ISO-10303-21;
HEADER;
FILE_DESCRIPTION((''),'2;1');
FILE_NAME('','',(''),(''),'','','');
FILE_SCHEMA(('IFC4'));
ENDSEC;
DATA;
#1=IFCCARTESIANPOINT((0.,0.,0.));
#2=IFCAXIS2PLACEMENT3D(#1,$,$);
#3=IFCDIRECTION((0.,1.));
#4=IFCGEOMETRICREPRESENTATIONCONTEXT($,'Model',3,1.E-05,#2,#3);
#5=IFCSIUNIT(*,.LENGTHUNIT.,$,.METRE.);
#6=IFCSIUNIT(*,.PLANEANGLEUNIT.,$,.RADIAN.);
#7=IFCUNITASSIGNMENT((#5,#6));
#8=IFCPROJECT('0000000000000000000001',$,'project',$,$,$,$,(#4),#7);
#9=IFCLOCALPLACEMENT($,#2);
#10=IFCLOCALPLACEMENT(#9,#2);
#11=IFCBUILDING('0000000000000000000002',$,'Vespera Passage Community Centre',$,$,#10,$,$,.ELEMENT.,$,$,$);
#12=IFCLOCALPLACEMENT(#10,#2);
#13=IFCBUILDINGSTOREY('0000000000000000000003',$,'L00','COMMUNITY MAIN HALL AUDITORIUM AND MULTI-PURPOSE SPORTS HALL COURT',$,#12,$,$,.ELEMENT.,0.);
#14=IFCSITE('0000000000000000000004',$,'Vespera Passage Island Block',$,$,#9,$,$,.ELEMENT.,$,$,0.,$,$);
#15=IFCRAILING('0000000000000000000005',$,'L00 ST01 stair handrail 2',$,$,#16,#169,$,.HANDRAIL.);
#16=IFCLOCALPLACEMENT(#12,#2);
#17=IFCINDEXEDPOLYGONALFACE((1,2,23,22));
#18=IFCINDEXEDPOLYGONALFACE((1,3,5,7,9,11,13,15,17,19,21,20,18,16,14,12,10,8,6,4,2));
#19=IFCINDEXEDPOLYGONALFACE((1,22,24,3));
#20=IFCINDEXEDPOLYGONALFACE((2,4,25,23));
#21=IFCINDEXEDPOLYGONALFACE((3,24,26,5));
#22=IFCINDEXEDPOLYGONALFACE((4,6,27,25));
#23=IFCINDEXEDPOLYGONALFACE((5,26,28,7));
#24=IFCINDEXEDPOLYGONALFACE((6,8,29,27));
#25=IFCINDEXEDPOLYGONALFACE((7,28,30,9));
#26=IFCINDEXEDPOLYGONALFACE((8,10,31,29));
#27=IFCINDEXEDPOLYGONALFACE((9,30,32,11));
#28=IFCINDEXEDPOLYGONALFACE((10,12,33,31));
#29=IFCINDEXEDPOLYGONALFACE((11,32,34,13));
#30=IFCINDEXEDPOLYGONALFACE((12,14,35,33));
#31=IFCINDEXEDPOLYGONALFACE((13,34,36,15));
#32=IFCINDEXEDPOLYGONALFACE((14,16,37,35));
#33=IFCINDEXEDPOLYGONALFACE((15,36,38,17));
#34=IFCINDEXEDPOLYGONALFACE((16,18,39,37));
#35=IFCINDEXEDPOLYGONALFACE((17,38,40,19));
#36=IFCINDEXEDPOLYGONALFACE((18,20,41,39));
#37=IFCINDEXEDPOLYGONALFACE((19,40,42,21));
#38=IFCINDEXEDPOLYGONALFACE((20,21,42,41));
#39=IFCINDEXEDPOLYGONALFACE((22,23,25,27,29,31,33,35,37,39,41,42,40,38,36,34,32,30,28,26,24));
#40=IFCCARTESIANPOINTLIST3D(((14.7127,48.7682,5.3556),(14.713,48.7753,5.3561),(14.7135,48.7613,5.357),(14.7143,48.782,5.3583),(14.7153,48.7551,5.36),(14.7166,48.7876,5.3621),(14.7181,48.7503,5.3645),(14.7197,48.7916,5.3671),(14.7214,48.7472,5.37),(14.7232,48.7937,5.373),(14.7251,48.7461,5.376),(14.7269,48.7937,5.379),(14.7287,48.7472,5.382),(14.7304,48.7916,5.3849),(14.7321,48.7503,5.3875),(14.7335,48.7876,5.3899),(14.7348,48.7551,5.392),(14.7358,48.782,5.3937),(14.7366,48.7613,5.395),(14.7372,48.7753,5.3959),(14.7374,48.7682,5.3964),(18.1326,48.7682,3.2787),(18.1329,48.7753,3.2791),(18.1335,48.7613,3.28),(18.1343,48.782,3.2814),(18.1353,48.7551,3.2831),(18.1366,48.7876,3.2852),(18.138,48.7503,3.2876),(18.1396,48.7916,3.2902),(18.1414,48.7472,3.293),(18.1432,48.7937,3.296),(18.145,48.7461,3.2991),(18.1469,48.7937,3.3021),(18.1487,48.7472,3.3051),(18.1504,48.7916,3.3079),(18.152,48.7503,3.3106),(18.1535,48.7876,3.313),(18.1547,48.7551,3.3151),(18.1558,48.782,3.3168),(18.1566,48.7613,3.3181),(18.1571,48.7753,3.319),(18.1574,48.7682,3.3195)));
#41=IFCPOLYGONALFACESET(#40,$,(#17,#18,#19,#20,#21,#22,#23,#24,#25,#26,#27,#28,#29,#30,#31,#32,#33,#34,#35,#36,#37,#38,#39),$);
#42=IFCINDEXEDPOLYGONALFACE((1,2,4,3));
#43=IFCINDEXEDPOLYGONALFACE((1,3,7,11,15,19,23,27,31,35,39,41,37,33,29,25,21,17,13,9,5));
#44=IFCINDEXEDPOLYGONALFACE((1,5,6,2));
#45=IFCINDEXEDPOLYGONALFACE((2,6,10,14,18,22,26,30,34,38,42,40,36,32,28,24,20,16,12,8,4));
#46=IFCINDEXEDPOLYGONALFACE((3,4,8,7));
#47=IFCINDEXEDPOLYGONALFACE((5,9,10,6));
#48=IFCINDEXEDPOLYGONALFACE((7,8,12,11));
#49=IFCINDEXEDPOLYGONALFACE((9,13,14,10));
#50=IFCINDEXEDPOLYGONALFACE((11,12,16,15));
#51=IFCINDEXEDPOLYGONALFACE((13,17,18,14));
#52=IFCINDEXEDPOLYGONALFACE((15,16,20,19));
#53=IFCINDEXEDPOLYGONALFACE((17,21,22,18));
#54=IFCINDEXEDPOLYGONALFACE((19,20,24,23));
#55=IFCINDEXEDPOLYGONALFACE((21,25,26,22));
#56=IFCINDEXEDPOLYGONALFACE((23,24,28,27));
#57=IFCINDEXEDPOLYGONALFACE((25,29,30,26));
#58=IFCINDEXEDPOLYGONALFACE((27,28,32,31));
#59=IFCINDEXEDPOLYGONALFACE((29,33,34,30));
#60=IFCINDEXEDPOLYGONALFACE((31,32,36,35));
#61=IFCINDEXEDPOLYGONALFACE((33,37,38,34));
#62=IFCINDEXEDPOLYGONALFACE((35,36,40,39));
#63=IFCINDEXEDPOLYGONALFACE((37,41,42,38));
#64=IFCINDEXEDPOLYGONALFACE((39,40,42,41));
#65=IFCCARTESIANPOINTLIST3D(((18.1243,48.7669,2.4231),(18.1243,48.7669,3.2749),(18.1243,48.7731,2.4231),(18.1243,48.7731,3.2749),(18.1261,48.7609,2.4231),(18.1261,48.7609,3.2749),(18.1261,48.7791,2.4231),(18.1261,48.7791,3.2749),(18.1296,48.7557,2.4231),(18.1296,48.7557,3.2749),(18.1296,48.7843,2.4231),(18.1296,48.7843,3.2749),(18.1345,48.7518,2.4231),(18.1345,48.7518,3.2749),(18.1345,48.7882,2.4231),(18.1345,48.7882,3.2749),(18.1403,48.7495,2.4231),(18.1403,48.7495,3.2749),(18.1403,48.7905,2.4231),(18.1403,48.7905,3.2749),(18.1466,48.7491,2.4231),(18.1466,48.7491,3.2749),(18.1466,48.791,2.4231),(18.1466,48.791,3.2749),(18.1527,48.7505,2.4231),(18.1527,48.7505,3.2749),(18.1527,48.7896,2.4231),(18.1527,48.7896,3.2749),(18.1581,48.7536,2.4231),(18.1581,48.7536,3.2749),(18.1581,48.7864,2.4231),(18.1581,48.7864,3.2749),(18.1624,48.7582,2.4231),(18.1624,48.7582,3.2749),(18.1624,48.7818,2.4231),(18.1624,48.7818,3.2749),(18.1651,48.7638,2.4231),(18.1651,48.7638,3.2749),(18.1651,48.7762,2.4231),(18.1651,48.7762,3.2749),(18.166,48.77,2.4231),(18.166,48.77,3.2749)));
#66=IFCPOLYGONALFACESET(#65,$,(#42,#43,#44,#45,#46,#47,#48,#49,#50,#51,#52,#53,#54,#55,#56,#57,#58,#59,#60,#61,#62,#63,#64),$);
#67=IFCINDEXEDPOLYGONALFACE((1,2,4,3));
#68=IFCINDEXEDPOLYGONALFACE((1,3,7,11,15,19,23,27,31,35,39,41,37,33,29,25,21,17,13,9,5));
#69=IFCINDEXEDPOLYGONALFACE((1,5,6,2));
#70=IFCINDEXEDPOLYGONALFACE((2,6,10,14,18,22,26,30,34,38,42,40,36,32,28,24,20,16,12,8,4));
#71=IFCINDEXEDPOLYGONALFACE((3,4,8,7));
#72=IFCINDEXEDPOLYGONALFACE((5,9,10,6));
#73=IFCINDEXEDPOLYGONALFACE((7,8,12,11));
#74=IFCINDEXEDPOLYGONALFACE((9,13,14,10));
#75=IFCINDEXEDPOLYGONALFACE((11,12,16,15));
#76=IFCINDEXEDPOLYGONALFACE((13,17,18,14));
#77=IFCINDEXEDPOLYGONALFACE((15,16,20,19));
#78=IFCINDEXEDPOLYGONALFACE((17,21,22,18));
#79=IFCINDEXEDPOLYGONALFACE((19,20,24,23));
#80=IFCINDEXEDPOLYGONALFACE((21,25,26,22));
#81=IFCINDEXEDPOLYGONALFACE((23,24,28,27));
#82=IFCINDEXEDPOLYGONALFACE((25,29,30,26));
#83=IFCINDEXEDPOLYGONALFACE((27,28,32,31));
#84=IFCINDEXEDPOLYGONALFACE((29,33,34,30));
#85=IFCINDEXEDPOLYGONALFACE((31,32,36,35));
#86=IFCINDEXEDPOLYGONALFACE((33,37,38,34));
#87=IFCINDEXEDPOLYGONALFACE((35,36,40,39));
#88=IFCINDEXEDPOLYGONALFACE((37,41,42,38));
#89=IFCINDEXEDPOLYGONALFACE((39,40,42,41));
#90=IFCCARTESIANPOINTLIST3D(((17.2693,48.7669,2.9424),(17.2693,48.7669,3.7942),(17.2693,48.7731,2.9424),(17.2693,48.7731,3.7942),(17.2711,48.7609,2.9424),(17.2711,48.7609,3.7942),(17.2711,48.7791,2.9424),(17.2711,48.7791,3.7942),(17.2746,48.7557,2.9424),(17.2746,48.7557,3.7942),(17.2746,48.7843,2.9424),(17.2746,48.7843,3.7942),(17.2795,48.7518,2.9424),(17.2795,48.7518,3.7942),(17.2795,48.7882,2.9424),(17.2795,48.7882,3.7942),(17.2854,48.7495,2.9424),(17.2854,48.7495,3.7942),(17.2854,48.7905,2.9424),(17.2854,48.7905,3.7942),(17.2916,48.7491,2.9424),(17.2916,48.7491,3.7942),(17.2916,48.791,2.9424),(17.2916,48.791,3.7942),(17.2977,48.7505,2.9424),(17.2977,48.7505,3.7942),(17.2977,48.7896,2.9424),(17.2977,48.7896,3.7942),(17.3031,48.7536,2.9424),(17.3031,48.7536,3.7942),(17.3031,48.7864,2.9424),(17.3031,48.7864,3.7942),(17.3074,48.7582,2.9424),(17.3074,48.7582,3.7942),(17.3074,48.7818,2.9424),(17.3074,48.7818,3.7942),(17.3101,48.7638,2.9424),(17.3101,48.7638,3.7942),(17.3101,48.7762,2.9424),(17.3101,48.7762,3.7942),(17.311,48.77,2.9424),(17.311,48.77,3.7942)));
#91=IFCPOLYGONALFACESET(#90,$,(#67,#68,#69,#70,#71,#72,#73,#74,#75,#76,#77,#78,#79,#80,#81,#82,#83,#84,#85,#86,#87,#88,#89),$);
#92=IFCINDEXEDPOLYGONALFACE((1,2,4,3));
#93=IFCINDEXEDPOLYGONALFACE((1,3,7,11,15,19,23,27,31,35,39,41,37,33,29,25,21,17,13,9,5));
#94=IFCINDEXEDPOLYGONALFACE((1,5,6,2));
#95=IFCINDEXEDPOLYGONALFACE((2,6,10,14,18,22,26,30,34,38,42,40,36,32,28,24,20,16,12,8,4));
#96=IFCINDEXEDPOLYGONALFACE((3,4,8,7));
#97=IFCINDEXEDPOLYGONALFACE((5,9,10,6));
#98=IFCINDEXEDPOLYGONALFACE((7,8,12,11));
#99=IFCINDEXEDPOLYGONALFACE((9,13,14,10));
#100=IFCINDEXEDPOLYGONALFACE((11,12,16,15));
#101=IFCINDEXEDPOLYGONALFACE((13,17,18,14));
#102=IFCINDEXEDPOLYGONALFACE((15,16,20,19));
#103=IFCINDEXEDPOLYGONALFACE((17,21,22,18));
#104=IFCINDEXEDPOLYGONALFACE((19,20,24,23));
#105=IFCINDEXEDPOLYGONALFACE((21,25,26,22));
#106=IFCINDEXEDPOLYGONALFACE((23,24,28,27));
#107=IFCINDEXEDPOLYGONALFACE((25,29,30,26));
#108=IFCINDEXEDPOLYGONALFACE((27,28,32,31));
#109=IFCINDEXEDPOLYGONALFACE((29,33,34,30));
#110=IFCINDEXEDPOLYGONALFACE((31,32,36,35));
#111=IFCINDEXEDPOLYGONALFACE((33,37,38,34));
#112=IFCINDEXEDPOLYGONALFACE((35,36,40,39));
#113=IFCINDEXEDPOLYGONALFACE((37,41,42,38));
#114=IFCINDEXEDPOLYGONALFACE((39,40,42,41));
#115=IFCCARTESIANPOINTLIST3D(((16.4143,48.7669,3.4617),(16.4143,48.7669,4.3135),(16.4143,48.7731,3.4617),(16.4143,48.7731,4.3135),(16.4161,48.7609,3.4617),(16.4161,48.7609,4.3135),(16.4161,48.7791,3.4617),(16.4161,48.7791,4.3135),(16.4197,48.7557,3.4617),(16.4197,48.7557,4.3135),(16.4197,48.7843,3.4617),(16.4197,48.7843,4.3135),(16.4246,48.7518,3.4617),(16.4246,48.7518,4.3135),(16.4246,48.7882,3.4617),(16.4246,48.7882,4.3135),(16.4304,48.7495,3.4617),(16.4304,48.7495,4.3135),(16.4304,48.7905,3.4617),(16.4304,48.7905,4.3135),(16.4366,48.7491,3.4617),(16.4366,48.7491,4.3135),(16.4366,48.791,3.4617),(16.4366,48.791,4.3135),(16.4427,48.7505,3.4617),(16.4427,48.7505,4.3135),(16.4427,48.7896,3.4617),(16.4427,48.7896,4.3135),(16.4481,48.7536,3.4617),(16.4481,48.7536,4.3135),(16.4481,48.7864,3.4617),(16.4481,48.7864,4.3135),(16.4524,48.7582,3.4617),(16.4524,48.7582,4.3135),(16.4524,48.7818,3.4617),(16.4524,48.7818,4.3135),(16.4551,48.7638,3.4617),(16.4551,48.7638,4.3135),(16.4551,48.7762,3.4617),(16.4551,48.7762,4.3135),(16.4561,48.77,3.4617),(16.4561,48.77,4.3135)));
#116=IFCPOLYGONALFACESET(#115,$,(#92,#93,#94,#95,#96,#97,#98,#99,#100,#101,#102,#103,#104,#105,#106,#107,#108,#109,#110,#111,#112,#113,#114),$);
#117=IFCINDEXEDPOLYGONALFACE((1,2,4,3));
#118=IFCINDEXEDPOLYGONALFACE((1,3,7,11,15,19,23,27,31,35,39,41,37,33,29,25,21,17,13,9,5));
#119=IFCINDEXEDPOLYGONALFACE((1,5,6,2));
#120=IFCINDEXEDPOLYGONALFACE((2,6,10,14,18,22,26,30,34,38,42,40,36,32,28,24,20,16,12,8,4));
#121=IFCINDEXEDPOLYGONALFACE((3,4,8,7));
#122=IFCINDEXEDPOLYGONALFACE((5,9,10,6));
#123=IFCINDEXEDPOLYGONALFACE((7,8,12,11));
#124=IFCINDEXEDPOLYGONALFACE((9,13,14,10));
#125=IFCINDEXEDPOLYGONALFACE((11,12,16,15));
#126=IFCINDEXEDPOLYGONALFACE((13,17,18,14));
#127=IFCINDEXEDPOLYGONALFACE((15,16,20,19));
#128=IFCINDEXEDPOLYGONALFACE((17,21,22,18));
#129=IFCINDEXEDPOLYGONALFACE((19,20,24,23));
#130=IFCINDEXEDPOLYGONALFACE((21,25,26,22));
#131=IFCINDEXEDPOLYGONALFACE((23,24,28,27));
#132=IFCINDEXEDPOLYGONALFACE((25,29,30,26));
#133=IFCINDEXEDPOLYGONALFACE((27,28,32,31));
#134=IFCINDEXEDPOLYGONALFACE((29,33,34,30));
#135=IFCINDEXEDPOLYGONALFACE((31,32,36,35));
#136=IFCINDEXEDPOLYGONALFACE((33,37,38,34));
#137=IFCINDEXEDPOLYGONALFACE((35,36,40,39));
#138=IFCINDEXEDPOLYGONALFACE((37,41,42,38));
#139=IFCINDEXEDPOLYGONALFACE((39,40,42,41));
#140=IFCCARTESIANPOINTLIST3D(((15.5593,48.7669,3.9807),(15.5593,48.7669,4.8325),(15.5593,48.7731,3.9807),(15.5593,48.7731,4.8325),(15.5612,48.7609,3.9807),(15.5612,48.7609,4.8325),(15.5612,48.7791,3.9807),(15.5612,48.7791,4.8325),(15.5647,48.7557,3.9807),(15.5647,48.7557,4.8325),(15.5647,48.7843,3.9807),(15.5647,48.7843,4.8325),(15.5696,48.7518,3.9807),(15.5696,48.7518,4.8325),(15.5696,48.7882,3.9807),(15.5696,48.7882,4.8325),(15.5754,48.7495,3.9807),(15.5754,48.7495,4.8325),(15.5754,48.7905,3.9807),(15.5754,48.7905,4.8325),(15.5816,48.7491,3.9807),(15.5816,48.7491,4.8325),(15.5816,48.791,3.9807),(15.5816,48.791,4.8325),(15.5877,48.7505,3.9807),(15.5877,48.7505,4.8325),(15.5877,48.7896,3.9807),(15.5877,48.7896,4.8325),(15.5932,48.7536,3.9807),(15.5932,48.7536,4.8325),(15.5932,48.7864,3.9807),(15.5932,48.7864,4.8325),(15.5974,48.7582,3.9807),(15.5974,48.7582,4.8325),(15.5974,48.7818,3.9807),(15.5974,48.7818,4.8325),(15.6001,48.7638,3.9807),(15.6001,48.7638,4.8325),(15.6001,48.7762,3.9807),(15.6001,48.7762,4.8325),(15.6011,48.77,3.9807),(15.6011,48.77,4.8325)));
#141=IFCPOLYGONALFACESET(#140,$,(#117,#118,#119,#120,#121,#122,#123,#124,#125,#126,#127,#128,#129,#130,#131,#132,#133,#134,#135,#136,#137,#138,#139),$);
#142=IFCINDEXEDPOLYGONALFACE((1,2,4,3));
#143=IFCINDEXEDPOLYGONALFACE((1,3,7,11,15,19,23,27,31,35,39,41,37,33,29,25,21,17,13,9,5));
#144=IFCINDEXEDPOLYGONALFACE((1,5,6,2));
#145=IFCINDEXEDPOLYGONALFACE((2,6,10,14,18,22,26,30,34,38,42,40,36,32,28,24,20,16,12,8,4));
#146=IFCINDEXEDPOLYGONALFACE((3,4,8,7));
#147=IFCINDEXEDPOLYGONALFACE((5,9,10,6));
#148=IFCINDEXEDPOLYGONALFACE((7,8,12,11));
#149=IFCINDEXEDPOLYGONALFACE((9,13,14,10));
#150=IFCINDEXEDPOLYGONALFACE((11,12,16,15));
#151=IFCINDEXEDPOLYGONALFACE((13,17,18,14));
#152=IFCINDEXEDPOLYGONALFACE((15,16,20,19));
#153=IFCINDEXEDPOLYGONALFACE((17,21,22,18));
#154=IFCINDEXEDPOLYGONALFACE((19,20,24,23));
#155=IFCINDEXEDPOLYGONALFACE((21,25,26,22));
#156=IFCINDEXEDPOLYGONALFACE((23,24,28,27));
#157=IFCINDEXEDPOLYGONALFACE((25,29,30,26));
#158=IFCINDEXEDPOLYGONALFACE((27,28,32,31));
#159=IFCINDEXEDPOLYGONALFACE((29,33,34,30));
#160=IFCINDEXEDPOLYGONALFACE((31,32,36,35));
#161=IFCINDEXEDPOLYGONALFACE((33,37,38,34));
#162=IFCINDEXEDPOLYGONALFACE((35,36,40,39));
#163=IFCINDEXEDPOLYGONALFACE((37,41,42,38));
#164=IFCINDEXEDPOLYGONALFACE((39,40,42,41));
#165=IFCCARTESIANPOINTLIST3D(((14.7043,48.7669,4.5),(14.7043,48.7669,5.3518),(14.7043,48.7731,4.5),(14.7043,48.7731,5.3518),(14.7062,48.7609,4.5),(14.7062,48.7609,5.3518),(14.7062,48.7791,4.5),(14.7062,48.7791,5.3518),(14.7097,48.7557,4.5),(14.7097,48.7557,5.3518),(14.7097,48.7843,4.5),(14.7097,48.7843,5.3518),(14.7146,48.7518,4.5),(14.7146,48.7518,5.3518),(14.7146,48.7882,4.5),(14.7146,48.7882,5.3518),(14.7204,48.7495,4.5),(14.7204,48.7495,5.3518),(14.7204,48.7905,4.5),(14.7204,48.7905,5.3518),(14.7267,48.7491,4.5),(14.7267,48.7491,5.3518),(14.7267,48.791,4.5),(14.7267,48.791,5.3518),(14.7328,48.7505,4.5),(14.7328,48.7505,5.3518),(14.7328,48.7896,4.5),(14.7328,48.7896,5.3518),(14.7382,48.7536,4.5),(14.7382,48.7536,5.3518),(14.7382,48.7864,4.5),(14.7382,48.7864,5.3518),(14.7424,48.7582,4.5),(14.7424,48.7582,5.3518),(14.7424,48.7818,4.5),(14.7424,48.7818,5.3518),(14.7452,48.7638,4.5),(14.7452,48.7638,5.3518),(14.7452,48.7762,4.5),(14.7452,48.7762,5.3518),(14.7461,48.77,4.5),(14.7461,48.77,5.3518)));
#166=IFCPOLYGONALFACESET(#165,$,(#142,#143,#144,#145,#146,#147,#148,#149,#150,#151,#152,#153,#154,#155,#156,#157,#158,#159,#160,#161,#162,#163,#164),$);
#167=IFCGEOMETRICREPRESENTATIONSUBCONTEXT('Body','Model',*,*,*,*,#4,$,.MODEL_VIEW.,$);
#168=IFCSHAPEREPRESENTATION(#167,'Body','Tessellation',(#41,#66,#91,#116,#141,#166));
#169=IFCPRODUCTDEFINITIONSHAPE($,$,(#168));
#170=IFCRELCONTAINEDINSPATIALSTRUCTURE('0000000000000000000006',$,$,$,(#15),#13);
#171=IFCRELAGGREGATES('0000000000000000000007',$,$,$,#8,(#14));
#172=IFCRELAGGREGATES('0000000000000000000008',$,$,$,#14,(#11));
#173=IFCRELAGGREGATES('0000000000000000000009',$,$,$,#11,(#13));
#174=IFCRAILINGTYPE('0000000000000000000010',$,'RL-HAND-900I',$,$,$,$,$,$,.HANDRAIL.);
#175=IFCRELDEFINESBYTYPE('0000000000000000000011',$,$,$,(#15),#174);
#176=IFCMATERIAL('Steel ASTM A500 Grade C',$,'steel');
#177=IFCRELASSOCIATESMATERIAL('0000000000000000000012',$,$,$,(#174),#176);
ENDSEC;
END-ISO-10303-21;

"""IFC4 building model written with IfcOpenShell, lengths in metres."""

from ifc_helpers import new_model, si_unit, direction, frame, origin, origin_2d, place, context, subcontext, project, spatial, circle, extrude, material, type_object, element, save


model = new_model("IFC4")

# Units and contexts
model_context = context("Model", 3, precision=1e-05, world=origin(), true_north=direction((0.0, 1.0)))
body_context = subcontext(model_context, "Body", "Model", "MODEL_VIEW")
ifc_project = project(units=[si_unit("LENGTHUNIT", "METRE"), si_unit("PLANEANGLEUNIT", "RADIAN")], contexts=[model_context])

# Site, building, storey
site_placement = place(None, origin())
site = spatial("IfcSite", under=ifc_project, at=site_placement, Name="Vespera Passage Island Block", CompositionType="ELEMENT", RefElevation=0.0)
building_placement = place(site_placement, origin())
building = spatial("IfcBuilding", under=site, at=building_placement, Name="Vespera Passage Community Centre", CompositionType="ELEMENT")
storey_placement = place(building_placement, origin())
storey = spatial("IfcBuildingStorey", under=building, at=storey_placement, Name="L00", Description="COMMUNITY MAIN HALL AUDITORIUM AND MULTI-PURPOSE SPORTS HALL COURT", CompositionType="ELEMENT", Elevation=0.0)

# Railing
ifc_material_1 = material(Name="Steel ASTM A500 Grade C", Category="steel")
railing_type_1 = type_object("IfcRailingType", Name="RL-HAND-900I", PredefinedType="HANDRAIL", material=ifc_material_1)
railing_1_placement = place(storey_placement, frame((18.145, 48.77, 2.4231)))
element("IfcRailing", 1, at=railing_1_placement, inside=storey, type_object=railing_type_1, Name="L00 ST01 stair handrail 2", PredefinedType="HANDRAIL", context=body_context, shape_type="SweptSolid", body=[
    extrude(circle(Radius=0.0239, at=origin_2d()), frame((0.0, 0.0, 0.876), z_axis=(-0.85473, 0.0, 0.519074), x_axis=(0.0, -1.0, 0.0)), (0.0, 0.0, 1.0), 4.0012),
    extrude(circle(Radius=0.021, at=origin_2d()), origin(), (0.0, 0.0, 1.0), 0.8518),
    extrude(circle(Radius=0.021, at=origin_2d()), frame((-0.855, 0.0, 0.5193)), (0.0, 0.0, 1.0), 0.8518),
    extrude(circle(Radius=0.021, at=origin_2d()), frame((-1.71, 0.0, 1.0386)), (0.0, 0.0, 1.0), 0.8518),
    extrude(circle(Radius=0.021, at=origin_2d()), frame((-2.5649, 0.0, 1.5576)), (0.0, 0.0, 1.0), 0.8518),
    extrude(circle(Radius=0.021, at=origin_2d()), frame((-3.4199, 0.0, 2.0769)), (0.0, 0.0, 1.0), 0.8518),
])

save(model, "model.ifc")
